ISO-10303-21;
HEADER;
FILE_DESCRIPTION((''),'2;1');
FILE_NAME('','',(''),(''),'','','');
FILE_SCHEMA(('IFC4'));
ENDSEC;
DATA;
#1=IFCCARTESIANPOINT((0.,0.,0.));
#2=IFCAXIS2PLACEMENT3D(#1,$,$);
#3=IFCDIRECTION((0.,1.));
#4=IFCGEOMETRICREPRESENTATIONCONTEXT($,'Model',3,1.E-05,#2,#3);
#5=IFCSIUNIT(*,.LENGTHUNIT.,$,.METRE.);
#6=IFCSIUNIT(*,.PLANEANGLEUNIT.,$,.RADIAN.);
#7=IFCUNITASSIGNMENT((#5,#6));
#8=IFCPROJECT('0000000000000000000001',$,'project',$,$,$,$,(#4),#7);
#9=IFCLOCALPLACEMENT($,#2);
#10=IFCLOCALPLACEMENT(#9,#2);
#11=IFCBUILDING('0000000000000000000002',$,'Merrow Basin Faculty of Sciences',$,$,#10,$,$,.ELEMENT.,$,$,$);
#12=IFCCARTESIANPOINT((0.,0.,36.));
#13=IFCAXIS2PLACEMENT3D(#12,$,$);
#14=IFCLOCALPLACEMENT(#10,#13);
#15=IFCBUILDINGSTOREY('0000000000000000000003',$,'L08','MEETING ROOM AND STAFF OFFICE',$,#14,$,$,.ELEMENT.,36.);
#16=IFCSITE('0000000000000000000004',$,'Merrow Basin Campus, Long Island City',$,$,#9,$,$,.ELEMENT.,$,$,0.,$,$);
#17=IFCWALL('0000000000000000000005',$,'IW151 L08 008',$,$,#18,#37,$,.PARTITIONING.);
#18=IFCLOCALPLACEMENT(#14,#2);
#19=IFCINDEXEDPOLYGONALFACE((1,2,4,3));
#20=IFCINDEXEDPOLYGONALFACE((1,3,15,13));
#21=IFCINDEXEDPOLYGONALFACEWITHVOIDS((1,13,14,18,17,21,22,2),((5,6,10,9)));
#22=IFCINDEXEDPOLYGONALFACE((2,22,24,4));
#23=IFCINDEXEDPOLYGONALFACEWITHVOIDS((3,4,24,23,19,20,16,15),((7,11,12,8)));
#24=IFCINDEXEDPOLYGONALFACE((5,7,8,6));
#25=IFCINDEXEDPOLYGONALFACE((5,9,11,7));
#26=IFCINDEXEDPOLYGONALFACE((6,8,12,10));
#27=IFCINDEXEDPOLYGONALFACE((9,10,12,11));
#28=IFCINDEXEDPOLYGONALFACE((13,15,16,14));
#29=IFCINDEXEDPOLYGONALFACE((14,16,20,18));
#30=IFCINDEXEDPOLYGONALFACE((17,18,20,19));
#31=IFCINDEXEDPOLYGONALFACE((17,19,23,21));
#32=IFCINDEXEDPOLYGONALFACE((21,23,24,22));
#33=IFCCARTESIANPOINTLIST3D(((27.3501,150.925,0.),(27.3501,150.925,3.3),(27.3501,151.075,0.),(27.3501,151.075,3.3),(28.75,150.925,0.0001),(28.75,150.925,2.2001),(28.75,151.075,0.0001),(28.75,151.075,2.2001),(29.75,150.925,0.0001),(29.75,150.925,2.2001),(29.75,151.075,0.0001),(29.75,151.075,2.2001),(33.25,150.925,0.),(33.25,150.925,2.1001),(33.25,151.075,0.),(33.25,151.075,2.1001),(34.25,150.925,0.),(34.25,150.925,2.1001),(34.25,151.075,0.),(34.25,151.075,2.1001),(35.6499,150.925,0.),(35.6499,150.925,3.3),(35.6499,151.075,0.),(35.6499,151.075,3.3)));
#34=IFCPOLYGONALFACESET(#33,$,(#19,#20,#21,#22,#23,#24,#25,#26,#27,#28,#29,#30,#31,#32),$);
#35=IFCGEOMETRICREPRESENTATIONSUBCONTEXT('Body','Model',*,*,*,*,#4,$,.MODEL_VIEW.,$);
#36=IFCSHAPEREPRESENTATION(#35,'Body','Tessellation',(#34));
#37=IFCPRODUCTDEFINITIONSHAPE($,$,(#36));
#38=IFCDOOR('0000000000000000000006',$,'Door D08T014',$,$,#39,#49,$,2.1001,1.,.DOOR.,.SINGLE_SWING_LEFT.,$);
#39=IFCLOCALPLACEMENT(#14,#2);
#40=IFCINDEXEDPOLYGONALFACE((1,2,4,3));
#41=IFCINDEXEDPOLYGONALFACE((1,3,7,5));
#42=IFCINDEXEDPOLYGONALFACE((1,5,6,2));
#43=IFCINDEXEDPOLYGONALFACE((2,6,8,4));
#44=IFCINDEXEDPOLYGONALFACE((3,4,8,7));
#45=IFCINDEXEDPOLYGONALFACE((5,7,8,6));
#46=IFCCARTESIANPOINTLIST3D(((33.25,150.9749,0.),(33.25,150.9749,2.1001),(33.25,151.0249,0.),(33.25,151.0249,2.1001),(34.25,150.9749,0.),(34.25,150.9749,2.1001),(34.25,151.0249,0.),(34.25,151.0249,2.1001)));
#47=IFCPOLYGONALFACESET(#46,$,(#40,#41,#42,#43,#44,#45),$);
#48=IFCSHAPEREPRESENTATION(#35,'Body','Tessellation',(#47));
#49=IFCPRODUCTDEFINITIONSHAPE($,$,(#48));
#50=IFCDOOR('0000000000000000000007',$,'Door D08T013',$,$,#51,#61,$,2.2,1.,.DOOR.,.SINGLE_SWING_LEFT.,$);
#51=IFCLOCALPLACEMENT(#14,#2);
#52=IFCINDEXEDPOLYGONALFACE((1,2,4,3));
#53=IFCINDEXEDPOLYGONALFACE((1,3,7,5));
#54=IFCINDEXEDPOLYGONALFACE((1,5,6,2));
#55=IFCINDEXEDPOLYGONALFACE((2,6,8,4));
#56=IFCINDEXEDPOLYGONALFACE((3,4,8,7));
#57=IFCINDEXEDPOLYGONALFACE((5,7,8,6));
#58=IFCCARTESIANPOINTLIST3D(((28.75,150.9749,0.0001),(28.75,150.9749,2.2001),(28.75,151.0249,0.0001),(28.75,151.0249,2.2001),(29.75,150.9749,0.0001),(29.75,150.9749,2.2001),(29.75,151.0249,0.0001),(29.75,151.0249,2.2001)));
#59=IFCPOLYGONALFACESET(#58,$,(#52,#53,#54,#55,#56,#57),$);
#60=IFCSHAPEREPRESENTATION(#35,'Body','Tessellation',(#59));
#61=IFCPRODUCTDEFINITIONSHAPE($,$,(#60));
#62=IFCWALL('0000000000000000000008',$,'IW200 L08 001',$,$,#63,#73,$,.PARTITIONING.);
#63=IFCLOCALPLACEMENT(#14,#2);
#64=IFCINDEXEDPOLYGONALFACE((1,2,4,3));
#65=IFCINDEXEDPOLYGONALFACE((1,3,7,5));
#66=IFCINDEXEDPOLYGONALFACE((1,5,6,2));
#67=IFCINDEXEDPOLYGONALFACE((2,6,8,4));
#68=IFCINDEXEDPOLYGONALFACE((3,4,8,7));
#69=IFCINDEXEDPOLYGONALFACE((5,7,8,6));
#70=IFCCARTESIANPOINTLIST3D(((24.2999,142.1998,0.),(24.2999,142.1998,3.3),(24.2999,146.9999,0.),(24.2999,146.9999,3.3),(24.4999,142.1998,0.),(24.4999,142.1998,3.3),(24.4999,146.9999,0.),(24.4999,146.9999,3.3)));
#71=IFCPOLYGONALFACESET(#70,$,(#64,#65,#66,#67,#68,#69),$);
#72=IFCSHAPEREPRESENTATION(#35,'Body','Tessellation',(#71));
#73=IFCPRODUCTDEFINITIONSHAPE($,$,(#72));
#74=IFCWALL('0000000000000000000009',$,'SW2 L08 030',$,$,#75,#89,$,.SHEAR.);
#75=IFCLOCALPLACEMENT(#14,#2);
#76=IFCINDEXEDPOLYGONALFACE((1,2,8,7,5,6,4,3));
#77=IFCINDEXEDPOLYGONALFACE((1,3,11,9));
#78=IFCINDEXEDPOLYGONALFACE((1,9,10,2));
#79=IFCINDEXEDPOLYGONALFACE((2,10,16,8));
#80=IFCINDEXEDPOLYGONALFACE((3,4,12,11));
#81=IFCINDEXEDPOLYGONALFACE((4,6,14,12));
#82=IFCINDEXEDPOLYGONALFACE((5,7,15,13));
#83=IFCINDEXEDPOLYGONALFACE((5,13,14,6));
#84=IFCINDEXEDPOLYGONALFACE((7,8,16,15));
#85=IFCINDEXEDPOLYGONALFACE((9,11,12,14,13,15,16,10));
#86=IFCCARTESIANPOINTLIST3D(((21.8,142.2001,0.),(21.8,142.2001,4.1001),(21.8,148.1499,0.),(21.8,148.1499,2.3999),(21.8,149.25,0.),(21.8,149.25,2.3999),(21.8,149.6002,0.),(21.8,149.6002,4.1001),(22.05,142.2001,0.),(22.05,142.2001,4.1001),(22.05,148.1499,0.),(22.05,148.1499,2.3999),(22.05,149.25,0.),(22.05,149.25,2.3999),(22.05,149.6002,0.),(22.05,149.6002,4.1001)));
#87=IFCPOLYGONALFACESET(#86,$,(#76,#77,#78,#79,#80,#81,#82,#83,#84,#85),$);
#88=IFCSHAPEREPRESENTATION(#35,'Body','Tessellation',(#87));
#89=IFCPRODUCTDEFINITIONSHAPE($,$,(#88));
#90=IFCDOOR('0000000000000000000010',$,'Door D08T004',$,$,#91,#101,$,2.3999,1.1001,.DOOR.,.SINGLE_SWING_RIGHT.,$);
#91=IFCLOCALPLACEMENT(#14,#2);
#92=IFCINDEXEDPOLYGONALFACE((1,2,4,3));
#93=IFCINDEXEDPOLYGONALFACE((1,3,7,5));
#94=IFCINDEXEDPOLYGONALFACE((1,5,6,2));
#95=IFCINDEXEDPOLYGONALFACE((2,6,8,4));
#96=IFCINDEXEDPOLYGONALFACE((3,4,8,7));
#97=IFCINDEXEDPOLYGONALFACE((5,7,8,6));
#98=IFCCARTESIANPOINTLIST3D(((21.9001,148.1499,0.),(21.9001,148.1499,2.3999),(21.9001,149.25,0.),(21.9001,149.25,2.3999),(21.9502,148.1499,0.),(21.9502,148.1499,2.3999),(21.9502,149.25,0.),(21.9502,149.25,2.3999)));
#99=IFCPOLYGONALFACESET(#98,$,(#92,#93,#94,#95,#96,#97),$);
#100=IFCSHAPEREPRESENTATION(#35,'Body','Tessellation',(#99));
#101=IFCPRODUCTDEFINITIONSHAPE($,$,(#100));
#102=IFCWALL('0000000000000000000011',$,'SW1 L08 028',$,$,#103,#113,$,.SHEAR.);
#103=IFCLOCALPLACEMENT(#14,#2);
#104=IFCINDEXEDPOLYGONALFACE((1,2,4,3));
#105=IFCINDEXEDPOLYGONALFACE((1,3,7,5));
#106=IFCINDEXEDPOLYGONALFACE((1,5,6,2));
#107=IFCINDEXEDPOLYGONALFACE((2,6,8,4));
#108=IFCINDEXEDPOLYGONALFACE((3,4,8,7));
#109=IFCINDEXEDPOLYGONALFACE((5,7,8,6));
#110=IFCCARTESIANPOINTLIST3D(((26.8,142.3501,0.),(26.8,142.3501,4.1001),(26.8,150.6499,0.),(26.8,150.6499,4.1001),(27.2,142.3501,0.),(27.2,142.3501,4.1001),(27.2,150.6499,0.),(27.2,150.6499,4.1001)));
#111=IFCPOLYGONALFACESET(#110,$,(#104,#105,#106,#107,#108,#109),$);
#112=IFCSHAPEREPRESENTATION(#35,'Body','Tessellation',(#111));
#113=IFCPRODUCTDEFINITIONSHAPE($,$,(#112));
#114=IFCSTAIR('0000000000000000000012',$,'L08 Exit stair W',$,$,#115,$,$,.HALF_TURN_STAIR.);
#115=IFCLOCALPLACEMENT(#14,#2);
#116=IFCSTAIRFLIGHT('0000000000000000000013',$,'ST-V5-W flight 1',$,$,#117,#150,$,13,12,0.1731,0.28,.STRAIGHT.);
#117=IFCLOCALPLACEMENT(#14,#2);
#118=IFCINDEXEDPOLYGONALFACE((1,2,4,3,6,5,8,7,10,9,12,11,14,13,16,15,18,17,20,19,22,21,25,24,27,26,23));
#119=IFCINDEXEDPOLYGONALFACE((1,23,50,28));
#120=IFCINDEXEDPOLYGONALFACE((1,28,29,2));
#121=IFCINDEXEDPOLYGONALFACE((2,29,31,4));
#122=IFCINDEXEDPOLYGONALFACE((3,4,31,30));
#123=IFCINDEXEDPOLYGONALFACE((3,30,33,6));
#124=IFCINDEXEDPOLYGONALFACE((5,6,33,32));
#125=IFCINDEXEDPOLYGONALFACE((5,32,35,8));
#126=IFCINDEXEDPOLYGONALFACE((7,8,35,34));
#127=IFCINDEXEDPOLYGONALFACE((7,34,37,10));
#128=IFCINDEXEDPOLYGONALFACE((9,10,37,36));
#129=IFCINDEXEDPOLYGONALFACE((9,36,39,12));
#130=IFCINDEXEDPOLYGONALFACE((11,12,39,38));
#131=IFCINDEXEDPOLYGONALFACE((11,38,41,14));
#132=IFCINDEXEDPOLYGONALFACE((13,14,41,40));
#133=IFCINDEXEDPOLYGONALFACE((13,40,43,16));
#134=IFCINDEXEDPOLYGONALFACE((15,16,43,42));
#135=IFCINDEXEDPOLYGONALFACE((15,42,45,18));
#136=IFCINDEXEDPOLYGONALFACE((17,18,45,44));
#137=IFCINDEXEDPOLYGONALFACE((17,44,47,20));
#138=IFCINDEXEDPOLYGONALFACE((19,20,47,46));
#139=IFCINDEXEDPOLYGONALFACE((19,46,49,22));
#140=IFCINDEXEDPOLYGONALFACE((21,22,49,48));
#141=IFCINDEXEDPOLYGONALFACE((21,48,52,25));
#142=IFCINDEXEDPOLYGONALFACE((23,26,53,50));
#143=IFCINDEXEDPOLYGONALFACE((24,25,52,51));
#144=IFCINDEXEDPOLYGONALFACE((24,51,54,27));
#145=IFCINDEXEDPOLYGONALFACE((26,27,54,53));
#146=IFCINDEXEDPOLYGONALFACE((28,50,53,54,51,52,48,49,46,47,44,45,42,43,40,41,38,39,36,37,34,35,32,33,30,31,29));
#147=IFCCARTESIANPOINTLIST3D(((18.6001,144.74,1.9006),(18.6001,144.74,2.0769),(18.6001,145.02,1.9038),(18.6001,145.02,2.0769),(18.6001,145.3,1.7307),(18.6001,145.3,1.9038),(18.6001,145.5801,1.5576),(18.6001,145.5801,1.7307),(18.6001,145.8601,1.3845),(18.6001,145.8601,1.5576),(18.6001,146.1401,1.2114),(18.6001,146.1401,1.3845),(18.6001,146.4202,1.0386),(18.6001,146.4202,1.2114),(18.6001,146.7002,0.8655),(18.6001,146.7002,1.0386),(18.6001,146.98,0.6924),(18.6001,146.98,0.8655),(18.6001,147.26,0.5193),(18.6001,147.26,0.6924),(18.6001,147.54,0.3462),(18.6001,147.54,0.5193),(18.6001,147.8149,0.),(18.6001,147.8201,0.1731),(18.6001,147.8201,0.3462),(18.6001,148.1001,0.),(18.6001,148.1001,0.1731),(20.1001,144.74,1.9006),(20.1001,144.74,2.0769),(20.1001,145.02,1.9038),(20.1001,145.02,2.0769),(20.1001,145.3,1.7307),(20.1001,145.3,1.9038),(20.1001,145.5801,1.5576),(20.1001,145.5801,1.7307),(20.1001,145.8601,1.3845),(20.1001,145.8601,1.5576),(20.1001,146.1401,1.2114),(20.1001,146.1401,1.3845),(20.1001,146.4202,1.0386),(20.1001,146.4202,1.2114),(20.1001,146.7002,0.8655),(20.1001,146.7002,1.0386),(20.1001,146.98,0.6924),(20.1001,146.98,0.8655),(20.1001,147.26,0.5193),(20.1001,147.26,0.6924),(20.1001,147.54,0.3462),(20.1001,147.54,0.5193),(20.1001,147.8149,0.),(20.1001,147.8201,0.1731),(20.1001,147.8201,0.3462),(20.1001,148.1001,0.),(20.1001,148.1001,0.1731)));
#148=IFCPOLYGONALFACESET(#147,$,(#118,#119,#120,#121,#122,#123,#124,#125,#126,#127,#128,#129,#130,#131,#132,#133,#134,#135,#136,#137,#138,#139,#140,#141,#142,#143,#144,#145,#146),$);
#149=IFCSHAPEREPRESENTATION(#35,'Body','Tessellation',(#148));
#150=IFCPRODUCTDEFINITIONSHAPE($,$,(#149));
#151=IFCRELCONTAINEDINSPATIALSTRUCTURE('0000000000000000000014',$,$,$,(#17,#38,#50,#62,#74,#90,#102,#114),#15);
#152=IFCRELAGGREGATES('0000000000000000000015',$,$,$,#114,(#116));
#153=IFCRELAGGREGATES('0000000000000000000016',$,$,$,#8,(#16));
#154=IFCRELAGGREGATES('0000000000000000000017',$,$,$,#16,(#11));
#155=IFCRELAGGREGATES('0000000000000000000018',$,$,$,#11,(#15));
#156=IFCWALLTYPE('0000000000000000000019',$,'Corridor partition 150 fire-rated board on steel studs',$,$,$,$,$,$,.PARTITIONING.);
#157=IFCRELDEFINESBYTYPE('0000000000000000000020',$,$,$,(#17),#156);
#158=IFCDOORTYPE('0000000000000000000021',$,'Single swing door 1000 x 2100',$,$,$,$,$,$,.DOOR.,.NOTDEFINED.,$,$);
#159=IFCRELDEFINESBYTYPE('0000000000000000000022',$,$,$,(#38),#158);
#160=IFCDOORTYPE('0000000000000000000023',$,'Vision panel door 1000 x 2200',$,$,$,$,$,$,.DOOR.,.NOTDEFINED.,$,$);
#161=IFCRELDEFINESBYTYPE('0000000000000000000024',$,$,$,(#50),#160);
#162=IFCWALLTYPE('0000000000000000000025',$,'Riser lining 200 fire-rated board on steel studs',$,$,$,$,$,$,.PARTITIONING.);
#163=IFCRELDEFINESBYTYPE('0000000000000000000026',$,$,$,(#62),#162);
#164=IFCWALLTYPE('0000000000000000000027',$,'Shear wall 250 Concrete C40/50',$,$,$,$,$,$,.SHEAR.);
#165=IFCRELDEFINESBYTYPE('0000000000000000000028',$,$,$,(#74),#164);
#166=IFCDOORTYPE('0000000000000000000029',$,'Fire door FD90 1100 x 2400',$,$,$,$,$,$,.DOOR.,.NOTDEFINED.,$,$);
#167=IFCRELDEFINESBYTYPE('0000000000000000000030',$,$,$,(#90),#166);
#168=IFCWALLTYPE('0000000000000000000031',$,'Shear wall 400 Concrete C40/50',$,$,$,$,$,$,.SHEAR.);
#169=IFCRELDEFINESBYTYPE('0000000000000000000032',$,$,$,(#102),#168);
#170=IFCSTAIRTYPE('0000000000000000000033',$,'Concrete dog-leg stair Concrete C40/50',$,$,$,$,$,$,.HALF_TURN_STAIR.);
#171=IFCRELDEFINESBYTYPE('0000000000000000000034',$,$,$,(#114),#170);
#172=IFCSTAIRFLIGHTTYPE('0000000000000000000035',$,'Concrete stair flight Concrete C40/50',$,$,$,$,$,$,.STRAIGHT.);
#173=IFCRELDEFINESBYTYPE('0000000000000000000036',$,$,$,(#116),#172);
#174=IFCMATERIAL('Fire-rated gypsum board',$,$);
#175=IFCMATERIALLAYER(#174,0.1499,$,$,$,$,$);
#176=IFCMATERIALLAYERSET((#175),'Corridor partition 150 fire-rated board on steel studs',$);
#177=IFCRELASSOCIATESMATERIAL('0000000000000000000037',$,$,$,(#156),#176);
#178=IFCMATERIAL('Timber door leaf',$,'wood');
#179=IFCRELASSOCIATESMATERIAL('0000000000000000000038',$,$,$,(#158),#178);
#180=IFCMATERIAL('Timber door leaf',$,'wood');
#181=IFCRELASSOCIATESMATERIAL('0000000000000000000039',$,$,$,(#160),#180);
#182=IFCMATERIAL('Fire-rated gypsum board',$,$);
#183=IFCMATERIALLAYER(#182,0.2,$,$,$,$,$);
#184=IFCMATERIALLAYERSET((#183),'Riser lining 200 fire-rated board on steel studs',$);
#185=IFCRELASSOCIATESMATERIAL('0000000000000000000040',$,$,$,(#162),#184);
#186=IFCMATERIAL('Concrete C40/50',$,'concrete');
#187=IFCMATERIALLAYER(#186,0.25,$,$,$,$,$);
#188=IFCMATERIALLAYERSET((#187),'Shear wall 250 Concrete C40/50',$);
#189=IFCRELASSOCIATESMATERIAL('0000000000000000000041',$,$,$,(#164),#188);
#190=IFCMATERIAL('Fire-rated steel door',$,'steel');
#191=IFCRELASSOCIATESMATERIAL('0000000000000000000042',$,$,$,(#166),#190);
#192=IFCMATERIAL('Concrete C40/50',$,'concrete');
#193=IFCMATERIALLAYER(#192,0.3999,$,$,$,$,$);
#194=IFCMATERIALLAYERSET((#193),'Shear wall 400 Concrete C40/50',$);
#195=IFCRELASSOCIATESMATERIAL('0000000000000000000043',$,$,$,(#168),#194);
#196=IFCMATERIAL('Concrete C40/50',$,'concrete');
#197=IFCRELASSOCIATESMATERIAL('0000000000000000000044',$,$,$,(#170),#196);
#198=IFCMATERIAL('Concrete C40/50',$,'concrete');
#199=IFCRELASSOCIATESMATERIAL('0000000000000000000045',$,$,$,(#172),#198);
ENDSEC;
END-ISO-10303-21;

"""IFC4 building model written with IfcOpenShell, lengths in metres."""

from ifc_helpers import new_model, si_unit, direction, frame, frame_2d, origin, place, context, subcontext, project, spatial, polyline, rectangle, outline, extrude, material, layer, layer_set, type_object, element, fill, aggregate, save


model = new_model("IFC4")

# Units and contexts
model_context = context("Model", 3, precision=1e-05, world=origin(), true_north=direction((0.0, 1.0)))
body_context = subcontext(model_context, "Body", "Model", "MODEL_VIEW")
ifc_project = project(units=[si_unit("LENGTHUNIT", "METRE"), si_unit("PLANEANGLEUNIT", "RADIAN")], contexts=[model_context])

# Site, building, storey
site_placement = place(None, origin())
site = spatial("IfcSite", under=ifc_project, at=site_placement, Name="Merrow Basin Campus, Long Island City", CompositionType="ELEMENT", RefElevation=0.0)
building_placement = place(site_placement, origin())
building = spatial("IfcBuilding", under=site, at=building_placement, Name="Merrow Basin Faculty of Sciences", CompositionType="ELEMENT")
storey_placement = place(building_placement, frame((0.0, 0.0, 36.0)))
storey = spatial("IfcBuildingStorey", under=building, at=storey_placement, Name="L08", Description="MEETING ROOM AND STAFF OFFICE", CompositionType="ELEMENT", Elevation=36.0)

# Shared definitions
ifc_material_1 = material(Name="Fire-rated gypsum board")
ifc_layer_1 = layer(ifc_material_1, 0.1499)
ifc_layer_set_1 = layer_set([ifc_layer_1], Name="Corridor partition 150 fire-rated board on steel studs")
wall_type_1 = type_object("IfcWallType", Name="Corridor partition 150 fire-rated board on steel studs", PredefinedType="PARTITIONING", material=ifc_layer_set_1)

# Wall, openings, doors
wall_1_placement = place(storey_placement, frame((27.3501, 151.0, 0.0), z_axis=(0.0, 0.0, 1.0), x_axis=(1.0, 0.0, 0.0)))
wall_1 = element("IfcWall", 1, at=wall_1_placement, inside=storey, type_object=wall_type_1, Name="IW151 L08 008", PredefinedType="PARTITIONING", context=body_context, shape_type="SweptSolid", body=[
    extrude(rectangle(XDim=8.2998, YDim=0.1499, at=frame_2d((4.1499, 0.0))), origin(), (0.0, 0.0, 1.0), 3.3),
])
opening_1_placement = place(wall_1_placement, frame((1.3999, 0.0, 0.0)))
opening_1 = element("IfcOpeningElement", 2, at=opening_1_placement, cuts=wall_1, PredefinedType="OPENING", context=body_context, shape_type="SweptSolid", body=[
    extrude(rectangle(XDim=1.0, YDim=2.2, at=frame_2d((0.5, 1.1001))), frame((0.0, 0.085, 0.0), z_axis=(0.0, -1.0, 0.0), x_axis=(1.0, 0.0, 0.0)), (0.0, 0.0, 1.0), 0.1699),
])
opening_2_placement = place(wall_1_placement, frame((5.8999, 0.0, 0.0)))
opening_2 = element("IfcOpeningElement", 3, at=opening_2_placement, cuts=wall_1, PredefinedType="OPENING", context=body_context, shape_type="SweptSolid", body=[
    extrude(rectangle(XDim=1.0, YDim=2.1001, at=frame_2d((0.5, 1.05))), frame((0.0, 0.085, 0.0), z_axis=(0.0, -1.0, 0.0), x_axis=(1.0, 0.0, 0.0)), (0.0, 0.0, 1.0), 0.1699),
])
ifc_material_2 = material(Name="Timber door leaf", Category="wood")
door_type_1 = type_object("IfcDoorType", Name="Single swing door 1000 x 2100", OperationType="NOTDEFINED", PredefinedType="DOOR", material=ifc_material_2)
door_1_placement = place(opening_2_placement, origin())
door_1 = element("IfcDoor", 4, at=door_1_placement, inside=storey, type_object=door_type_1, Name="Door D08T014", OperationType="SINGLE_SWING_LEFT", OverallHeight=2.1001, OverallWidth=1.0, PredefinedType="DOOR", context=body_context, shape_type="SweptSolid", body=[
    extrude(rectangle(XDim=1.0, YDim=2.1001, at=frame_2d((0.5, 1.05))), frame((0.0, 0.0249, 0.0), z_axis=(0.0, -1.0, 0.0), x_axis=(1.0, 0.0, 0.0)), (0.0, 0.0, 1.0), 0.05),
])
fill(opening_2, door_1)
ifc_material_3 = material(Name="Timber door leaf", Category="wood")
door_type_2 = type_object("IfcDoorType", Name="Vision panel door 1000 x 2200", OperationType="NOTDEFINED", PredefinedType="DOOR", material=ifc_material_3)
door_2_placement = place(opening_1_placement, origin())
door_2 = element("IfcDoor", 5, at=door_2_placement, inside=storey, type_object=door_type_2, Name="Door D08T013", OperationType="SINGLE_SWING_LEFT", OverallHeight=2.2, OverallWidth=1.0, PredefinedType="DOOR", context=body_context, shape_type="SweptSolid", body=[
    extrude(rectangle(XDim=1.0, YDim=2.2, at=frame_2d((0.5, 1.1001))), frame((0.0, 0.0249, 0.0), z_axis=(0.0, -1.0, 0.0), x_axis=(1.0, 0.0, 0.0)), (0.0, 0.0, 1.0), 0.05),
])
fill(opening_1, door_2)

# Wall
ifc_material_4 = material(Name="Fire-rated gypsum board")
ifc_layer_2 = layer(ifc_material_4, 0.2)
ifc_layer_set_2 = layer_set([ifc_layer_2], Name="Riser lining 200 fire-rated board on steel studs")
wall_type_2 = type_object("IfcWallType", Name="Riser lining 200 fire-rated board on steel studs", PredefinedType="PARTITIONING", material=ifc_layer_set_2)
wall_2_placement = place(storey_placement, frame((24.3999, 142.2, 0.0), z_axis=(0.0, 0.0, 1.0), x_axis=(0.0, 1.0, 0.0)))
element("IfcWall", 6, at=wall_2_placement, inside=storey, type_object=wall_type_2, Name="IW200 L08 001", PredefinedType="PARTITIONING", context=body_context, shape_type="SweptSolid", body=[
    extrude(rectangle(XDim=4.8, YDim=0.2, at=frame_2d((2.3999, 0.0))), origin(), (0.0, 0.0, 1.0), 3.3),
])

# Wall, opening, door
ifc_material_5 = material(Name="Concrete C40/50", Category="concrete")
ifc_layer_3 = layer(ifc_material_5, 0.25)
ifc_layer_set_3 = layer_set([ifc_layer_3], Name="Shear wall 250 Concrete C40/50")
wall_type_3 = type_object("IfcWallType", Name="Shear wall 250 Concrete C40/50", PredefinedType="SHEAR", material=ifc_layer_set_3)
wall_3_placement = place(storey_placement, frame((21.925, 142.2, 0.0), z_axis=(0.0, 0.0, 1.0), x_axis=(0.0, 1.0, 0.0)))
wall_3 = element("IfcWall", 7, at=wall_3_placement, inside=storey, type_object=wall_type_3, Name="SW2 L08 030", PredefinedType="SHEAR", context=body_context, shape_type="SweptSolid", body=[
    extrude(rectangle(XDim=7.4001, YDim=0.25, at=frame_2d((3.7002, 0.0))), origin(), (0.0, 0.0, 1.0), 4.1001),
])
opening_3_placement = place(wall_3_placement, frame((5.95, 0.0, 0.0)))
opening_3 = element("IfcOpeningElement", 8, at=opening_3_placement, cuts=wall_3, PredefinedType="OPENING", context=body_context, shape_type="SweptSolid", body=[
    extrude(rectangle(XDim=1.1001, YDim=2.3999, at=frame_2d((0.55, 1.2))), frame((0.0, 0.135, 0.0), z_axis=(0.0, -1.0, 0.0), x_axis=(1.0, 0.0, 0.0)), (0.0, 0.0, 1.0), 0.27),
])
ifc_material_6 = material(Name="Fire-rated steel door", Category="steel")
door_type_3 = type_object("IfcDoorType", Name="Fire door FD90 1100 x 2400", OperationType="NOTDEFINED", PredefinedType="DOOR", material=ifc_material_6)
door_3_placement = place(opening_3_placement, origin())
door_3 = element("IfcDoor", 9, at=door_3_placement, inside=storey, type_object=door_type_3, Name="Door D08T004", OperationType="SINGLE_SWING_RIGHT", OverallHeight=2.3999, OverallWidth=1.1001, PredefinedType="DOOR", context=body_context, shape_type="SweptSolid", body=[
    extrude(rectangle(XDim=1.1001, YDim=2.3999, at=frame_2d((0.55, 1.2))), frame((0.0, 0.0249, 0.0), z_axis=(0.0, -1.0, 0.0), x_axis=(1.0, 0.0, 0.0)), (0.0, 0.0, 1.0), 0.05),
])
fill(opening_3, door_3)

# Wall
ifc_material_7 = material(Name="Concrete C40/50", Category="concrete")
ifc_layer_4 = layer(ifc_material_7, 0.3999)
ifc_layer_set_4 = layer_set([ifc_layer_4], Name="Shear wall 400 Concrete C40/50")
wall_type_4 = type_object("IfcWallType", Name="Shear wall 400 Concrete C40/50", PredefinedType="SHEAR", material=ifc_layer_set_4)
wall_4_placement = place(storey_placement, frame((27.0, 142.3501, 0.0), z_axis=(0.0, 0.0, 1.0), x_axis=(0.0, 1.0, 0.0)))
element("IfcWall", 10, at=wall_4_placement, inside=storey, type_object=wall_type_4, Name="SW1 L08 028", PredefinedType="SHEAR", context=body_context, shape_type="SweptSolid", body=[
    extrude(rectangle(XDim=8.2998, YDim=0.3999, at=frame_2d((4.1499, 0.0))), origin(), (0.0, 0.0, 1.0), 4.1001),
])

# Stair, stair flight
ifc_material_8 = material(Name="Concrete C40/50", Category="concrete")
stair_type = type_object("IfcStairType", Name="Concrete dog-leg stair Concrete C40/50", PredefinedType="HALF_TURN_STAIR", material=ifc_material_8)
stair_placement = place(storey_placement, origin())
stair = element("IfcStair", 11, at=stair_placement, inside=storey, type_object=stair_type, Name="L08 Exit stair W", PredefinedType="HALF_TURN_STAIR")
ifc_material_9 = material(Name="Concrete C40/50", Category="concrete")
stair_flight_type = type_object("IfcStairFlightType", Name="Concrete stair flight Concrete C40/50", PredefinedType="STRAIGHT", material=ifc_material_9)
stair_flight_1_placement = place(storey_placement, frame((19.3501, 148.1001, 0.0), z_axis=(0.0, 0.0, 1.0), x_axis=(0.0, -1.0, 0.0)))
stair_flight_1 = element("IfcStairFlight", 12, at=stair_flight_1_placement, type_object=stair_flight_type, Name="ST-V5-W flight 1", NumberOfRisers=13, NumberOfTreads=12, PredefinedType="STRAIGHT", RiserHeight=0.1731, TreadLength=0.28, context=body_context, shape_type="SweptSolid", body=[
    extrude(outline(polyline([(0.0, 0.0), (0.0, 0.1731), (0.28, 0.1731), (0.28, 0.3462), (0.5601, 0.3462), (0.5601, 0.5193), (0.8401, 0.5193), (0.8401, 0.6924), (1.1201, 0.6924), (1.1201, 0.8655), (1.3999, 0.8655), (1.3999, 1.0386), (1.6799, 1.0386), (1.6799, 1.2114), (1.96, 1.2114), (1.96, 1.3845), (2.24, 1.3845), (2.24, 1.5576), (2.52, 1.5576), (2.52, 1.7307), (2.8, 1.7307), (2.8, 1.9038), (3.0801, 1.9038), (3.0801, 2.0769), (3.3601, 2.0769), (3.3601, 2.25), (3.3601, 1.9006), (0.2852, 0.0), (0.0, 0.0)])), frame((0.0, 0.75, 0.0), z_axis=(0.0, -1.0, 0.0), x_axis=(1.0, 0.0, 0.0)), (0.0, 0.0, 1.0), 1.5),
])
aggregate(stair, [stair_flight_1])

save(model, "model.ifc")
